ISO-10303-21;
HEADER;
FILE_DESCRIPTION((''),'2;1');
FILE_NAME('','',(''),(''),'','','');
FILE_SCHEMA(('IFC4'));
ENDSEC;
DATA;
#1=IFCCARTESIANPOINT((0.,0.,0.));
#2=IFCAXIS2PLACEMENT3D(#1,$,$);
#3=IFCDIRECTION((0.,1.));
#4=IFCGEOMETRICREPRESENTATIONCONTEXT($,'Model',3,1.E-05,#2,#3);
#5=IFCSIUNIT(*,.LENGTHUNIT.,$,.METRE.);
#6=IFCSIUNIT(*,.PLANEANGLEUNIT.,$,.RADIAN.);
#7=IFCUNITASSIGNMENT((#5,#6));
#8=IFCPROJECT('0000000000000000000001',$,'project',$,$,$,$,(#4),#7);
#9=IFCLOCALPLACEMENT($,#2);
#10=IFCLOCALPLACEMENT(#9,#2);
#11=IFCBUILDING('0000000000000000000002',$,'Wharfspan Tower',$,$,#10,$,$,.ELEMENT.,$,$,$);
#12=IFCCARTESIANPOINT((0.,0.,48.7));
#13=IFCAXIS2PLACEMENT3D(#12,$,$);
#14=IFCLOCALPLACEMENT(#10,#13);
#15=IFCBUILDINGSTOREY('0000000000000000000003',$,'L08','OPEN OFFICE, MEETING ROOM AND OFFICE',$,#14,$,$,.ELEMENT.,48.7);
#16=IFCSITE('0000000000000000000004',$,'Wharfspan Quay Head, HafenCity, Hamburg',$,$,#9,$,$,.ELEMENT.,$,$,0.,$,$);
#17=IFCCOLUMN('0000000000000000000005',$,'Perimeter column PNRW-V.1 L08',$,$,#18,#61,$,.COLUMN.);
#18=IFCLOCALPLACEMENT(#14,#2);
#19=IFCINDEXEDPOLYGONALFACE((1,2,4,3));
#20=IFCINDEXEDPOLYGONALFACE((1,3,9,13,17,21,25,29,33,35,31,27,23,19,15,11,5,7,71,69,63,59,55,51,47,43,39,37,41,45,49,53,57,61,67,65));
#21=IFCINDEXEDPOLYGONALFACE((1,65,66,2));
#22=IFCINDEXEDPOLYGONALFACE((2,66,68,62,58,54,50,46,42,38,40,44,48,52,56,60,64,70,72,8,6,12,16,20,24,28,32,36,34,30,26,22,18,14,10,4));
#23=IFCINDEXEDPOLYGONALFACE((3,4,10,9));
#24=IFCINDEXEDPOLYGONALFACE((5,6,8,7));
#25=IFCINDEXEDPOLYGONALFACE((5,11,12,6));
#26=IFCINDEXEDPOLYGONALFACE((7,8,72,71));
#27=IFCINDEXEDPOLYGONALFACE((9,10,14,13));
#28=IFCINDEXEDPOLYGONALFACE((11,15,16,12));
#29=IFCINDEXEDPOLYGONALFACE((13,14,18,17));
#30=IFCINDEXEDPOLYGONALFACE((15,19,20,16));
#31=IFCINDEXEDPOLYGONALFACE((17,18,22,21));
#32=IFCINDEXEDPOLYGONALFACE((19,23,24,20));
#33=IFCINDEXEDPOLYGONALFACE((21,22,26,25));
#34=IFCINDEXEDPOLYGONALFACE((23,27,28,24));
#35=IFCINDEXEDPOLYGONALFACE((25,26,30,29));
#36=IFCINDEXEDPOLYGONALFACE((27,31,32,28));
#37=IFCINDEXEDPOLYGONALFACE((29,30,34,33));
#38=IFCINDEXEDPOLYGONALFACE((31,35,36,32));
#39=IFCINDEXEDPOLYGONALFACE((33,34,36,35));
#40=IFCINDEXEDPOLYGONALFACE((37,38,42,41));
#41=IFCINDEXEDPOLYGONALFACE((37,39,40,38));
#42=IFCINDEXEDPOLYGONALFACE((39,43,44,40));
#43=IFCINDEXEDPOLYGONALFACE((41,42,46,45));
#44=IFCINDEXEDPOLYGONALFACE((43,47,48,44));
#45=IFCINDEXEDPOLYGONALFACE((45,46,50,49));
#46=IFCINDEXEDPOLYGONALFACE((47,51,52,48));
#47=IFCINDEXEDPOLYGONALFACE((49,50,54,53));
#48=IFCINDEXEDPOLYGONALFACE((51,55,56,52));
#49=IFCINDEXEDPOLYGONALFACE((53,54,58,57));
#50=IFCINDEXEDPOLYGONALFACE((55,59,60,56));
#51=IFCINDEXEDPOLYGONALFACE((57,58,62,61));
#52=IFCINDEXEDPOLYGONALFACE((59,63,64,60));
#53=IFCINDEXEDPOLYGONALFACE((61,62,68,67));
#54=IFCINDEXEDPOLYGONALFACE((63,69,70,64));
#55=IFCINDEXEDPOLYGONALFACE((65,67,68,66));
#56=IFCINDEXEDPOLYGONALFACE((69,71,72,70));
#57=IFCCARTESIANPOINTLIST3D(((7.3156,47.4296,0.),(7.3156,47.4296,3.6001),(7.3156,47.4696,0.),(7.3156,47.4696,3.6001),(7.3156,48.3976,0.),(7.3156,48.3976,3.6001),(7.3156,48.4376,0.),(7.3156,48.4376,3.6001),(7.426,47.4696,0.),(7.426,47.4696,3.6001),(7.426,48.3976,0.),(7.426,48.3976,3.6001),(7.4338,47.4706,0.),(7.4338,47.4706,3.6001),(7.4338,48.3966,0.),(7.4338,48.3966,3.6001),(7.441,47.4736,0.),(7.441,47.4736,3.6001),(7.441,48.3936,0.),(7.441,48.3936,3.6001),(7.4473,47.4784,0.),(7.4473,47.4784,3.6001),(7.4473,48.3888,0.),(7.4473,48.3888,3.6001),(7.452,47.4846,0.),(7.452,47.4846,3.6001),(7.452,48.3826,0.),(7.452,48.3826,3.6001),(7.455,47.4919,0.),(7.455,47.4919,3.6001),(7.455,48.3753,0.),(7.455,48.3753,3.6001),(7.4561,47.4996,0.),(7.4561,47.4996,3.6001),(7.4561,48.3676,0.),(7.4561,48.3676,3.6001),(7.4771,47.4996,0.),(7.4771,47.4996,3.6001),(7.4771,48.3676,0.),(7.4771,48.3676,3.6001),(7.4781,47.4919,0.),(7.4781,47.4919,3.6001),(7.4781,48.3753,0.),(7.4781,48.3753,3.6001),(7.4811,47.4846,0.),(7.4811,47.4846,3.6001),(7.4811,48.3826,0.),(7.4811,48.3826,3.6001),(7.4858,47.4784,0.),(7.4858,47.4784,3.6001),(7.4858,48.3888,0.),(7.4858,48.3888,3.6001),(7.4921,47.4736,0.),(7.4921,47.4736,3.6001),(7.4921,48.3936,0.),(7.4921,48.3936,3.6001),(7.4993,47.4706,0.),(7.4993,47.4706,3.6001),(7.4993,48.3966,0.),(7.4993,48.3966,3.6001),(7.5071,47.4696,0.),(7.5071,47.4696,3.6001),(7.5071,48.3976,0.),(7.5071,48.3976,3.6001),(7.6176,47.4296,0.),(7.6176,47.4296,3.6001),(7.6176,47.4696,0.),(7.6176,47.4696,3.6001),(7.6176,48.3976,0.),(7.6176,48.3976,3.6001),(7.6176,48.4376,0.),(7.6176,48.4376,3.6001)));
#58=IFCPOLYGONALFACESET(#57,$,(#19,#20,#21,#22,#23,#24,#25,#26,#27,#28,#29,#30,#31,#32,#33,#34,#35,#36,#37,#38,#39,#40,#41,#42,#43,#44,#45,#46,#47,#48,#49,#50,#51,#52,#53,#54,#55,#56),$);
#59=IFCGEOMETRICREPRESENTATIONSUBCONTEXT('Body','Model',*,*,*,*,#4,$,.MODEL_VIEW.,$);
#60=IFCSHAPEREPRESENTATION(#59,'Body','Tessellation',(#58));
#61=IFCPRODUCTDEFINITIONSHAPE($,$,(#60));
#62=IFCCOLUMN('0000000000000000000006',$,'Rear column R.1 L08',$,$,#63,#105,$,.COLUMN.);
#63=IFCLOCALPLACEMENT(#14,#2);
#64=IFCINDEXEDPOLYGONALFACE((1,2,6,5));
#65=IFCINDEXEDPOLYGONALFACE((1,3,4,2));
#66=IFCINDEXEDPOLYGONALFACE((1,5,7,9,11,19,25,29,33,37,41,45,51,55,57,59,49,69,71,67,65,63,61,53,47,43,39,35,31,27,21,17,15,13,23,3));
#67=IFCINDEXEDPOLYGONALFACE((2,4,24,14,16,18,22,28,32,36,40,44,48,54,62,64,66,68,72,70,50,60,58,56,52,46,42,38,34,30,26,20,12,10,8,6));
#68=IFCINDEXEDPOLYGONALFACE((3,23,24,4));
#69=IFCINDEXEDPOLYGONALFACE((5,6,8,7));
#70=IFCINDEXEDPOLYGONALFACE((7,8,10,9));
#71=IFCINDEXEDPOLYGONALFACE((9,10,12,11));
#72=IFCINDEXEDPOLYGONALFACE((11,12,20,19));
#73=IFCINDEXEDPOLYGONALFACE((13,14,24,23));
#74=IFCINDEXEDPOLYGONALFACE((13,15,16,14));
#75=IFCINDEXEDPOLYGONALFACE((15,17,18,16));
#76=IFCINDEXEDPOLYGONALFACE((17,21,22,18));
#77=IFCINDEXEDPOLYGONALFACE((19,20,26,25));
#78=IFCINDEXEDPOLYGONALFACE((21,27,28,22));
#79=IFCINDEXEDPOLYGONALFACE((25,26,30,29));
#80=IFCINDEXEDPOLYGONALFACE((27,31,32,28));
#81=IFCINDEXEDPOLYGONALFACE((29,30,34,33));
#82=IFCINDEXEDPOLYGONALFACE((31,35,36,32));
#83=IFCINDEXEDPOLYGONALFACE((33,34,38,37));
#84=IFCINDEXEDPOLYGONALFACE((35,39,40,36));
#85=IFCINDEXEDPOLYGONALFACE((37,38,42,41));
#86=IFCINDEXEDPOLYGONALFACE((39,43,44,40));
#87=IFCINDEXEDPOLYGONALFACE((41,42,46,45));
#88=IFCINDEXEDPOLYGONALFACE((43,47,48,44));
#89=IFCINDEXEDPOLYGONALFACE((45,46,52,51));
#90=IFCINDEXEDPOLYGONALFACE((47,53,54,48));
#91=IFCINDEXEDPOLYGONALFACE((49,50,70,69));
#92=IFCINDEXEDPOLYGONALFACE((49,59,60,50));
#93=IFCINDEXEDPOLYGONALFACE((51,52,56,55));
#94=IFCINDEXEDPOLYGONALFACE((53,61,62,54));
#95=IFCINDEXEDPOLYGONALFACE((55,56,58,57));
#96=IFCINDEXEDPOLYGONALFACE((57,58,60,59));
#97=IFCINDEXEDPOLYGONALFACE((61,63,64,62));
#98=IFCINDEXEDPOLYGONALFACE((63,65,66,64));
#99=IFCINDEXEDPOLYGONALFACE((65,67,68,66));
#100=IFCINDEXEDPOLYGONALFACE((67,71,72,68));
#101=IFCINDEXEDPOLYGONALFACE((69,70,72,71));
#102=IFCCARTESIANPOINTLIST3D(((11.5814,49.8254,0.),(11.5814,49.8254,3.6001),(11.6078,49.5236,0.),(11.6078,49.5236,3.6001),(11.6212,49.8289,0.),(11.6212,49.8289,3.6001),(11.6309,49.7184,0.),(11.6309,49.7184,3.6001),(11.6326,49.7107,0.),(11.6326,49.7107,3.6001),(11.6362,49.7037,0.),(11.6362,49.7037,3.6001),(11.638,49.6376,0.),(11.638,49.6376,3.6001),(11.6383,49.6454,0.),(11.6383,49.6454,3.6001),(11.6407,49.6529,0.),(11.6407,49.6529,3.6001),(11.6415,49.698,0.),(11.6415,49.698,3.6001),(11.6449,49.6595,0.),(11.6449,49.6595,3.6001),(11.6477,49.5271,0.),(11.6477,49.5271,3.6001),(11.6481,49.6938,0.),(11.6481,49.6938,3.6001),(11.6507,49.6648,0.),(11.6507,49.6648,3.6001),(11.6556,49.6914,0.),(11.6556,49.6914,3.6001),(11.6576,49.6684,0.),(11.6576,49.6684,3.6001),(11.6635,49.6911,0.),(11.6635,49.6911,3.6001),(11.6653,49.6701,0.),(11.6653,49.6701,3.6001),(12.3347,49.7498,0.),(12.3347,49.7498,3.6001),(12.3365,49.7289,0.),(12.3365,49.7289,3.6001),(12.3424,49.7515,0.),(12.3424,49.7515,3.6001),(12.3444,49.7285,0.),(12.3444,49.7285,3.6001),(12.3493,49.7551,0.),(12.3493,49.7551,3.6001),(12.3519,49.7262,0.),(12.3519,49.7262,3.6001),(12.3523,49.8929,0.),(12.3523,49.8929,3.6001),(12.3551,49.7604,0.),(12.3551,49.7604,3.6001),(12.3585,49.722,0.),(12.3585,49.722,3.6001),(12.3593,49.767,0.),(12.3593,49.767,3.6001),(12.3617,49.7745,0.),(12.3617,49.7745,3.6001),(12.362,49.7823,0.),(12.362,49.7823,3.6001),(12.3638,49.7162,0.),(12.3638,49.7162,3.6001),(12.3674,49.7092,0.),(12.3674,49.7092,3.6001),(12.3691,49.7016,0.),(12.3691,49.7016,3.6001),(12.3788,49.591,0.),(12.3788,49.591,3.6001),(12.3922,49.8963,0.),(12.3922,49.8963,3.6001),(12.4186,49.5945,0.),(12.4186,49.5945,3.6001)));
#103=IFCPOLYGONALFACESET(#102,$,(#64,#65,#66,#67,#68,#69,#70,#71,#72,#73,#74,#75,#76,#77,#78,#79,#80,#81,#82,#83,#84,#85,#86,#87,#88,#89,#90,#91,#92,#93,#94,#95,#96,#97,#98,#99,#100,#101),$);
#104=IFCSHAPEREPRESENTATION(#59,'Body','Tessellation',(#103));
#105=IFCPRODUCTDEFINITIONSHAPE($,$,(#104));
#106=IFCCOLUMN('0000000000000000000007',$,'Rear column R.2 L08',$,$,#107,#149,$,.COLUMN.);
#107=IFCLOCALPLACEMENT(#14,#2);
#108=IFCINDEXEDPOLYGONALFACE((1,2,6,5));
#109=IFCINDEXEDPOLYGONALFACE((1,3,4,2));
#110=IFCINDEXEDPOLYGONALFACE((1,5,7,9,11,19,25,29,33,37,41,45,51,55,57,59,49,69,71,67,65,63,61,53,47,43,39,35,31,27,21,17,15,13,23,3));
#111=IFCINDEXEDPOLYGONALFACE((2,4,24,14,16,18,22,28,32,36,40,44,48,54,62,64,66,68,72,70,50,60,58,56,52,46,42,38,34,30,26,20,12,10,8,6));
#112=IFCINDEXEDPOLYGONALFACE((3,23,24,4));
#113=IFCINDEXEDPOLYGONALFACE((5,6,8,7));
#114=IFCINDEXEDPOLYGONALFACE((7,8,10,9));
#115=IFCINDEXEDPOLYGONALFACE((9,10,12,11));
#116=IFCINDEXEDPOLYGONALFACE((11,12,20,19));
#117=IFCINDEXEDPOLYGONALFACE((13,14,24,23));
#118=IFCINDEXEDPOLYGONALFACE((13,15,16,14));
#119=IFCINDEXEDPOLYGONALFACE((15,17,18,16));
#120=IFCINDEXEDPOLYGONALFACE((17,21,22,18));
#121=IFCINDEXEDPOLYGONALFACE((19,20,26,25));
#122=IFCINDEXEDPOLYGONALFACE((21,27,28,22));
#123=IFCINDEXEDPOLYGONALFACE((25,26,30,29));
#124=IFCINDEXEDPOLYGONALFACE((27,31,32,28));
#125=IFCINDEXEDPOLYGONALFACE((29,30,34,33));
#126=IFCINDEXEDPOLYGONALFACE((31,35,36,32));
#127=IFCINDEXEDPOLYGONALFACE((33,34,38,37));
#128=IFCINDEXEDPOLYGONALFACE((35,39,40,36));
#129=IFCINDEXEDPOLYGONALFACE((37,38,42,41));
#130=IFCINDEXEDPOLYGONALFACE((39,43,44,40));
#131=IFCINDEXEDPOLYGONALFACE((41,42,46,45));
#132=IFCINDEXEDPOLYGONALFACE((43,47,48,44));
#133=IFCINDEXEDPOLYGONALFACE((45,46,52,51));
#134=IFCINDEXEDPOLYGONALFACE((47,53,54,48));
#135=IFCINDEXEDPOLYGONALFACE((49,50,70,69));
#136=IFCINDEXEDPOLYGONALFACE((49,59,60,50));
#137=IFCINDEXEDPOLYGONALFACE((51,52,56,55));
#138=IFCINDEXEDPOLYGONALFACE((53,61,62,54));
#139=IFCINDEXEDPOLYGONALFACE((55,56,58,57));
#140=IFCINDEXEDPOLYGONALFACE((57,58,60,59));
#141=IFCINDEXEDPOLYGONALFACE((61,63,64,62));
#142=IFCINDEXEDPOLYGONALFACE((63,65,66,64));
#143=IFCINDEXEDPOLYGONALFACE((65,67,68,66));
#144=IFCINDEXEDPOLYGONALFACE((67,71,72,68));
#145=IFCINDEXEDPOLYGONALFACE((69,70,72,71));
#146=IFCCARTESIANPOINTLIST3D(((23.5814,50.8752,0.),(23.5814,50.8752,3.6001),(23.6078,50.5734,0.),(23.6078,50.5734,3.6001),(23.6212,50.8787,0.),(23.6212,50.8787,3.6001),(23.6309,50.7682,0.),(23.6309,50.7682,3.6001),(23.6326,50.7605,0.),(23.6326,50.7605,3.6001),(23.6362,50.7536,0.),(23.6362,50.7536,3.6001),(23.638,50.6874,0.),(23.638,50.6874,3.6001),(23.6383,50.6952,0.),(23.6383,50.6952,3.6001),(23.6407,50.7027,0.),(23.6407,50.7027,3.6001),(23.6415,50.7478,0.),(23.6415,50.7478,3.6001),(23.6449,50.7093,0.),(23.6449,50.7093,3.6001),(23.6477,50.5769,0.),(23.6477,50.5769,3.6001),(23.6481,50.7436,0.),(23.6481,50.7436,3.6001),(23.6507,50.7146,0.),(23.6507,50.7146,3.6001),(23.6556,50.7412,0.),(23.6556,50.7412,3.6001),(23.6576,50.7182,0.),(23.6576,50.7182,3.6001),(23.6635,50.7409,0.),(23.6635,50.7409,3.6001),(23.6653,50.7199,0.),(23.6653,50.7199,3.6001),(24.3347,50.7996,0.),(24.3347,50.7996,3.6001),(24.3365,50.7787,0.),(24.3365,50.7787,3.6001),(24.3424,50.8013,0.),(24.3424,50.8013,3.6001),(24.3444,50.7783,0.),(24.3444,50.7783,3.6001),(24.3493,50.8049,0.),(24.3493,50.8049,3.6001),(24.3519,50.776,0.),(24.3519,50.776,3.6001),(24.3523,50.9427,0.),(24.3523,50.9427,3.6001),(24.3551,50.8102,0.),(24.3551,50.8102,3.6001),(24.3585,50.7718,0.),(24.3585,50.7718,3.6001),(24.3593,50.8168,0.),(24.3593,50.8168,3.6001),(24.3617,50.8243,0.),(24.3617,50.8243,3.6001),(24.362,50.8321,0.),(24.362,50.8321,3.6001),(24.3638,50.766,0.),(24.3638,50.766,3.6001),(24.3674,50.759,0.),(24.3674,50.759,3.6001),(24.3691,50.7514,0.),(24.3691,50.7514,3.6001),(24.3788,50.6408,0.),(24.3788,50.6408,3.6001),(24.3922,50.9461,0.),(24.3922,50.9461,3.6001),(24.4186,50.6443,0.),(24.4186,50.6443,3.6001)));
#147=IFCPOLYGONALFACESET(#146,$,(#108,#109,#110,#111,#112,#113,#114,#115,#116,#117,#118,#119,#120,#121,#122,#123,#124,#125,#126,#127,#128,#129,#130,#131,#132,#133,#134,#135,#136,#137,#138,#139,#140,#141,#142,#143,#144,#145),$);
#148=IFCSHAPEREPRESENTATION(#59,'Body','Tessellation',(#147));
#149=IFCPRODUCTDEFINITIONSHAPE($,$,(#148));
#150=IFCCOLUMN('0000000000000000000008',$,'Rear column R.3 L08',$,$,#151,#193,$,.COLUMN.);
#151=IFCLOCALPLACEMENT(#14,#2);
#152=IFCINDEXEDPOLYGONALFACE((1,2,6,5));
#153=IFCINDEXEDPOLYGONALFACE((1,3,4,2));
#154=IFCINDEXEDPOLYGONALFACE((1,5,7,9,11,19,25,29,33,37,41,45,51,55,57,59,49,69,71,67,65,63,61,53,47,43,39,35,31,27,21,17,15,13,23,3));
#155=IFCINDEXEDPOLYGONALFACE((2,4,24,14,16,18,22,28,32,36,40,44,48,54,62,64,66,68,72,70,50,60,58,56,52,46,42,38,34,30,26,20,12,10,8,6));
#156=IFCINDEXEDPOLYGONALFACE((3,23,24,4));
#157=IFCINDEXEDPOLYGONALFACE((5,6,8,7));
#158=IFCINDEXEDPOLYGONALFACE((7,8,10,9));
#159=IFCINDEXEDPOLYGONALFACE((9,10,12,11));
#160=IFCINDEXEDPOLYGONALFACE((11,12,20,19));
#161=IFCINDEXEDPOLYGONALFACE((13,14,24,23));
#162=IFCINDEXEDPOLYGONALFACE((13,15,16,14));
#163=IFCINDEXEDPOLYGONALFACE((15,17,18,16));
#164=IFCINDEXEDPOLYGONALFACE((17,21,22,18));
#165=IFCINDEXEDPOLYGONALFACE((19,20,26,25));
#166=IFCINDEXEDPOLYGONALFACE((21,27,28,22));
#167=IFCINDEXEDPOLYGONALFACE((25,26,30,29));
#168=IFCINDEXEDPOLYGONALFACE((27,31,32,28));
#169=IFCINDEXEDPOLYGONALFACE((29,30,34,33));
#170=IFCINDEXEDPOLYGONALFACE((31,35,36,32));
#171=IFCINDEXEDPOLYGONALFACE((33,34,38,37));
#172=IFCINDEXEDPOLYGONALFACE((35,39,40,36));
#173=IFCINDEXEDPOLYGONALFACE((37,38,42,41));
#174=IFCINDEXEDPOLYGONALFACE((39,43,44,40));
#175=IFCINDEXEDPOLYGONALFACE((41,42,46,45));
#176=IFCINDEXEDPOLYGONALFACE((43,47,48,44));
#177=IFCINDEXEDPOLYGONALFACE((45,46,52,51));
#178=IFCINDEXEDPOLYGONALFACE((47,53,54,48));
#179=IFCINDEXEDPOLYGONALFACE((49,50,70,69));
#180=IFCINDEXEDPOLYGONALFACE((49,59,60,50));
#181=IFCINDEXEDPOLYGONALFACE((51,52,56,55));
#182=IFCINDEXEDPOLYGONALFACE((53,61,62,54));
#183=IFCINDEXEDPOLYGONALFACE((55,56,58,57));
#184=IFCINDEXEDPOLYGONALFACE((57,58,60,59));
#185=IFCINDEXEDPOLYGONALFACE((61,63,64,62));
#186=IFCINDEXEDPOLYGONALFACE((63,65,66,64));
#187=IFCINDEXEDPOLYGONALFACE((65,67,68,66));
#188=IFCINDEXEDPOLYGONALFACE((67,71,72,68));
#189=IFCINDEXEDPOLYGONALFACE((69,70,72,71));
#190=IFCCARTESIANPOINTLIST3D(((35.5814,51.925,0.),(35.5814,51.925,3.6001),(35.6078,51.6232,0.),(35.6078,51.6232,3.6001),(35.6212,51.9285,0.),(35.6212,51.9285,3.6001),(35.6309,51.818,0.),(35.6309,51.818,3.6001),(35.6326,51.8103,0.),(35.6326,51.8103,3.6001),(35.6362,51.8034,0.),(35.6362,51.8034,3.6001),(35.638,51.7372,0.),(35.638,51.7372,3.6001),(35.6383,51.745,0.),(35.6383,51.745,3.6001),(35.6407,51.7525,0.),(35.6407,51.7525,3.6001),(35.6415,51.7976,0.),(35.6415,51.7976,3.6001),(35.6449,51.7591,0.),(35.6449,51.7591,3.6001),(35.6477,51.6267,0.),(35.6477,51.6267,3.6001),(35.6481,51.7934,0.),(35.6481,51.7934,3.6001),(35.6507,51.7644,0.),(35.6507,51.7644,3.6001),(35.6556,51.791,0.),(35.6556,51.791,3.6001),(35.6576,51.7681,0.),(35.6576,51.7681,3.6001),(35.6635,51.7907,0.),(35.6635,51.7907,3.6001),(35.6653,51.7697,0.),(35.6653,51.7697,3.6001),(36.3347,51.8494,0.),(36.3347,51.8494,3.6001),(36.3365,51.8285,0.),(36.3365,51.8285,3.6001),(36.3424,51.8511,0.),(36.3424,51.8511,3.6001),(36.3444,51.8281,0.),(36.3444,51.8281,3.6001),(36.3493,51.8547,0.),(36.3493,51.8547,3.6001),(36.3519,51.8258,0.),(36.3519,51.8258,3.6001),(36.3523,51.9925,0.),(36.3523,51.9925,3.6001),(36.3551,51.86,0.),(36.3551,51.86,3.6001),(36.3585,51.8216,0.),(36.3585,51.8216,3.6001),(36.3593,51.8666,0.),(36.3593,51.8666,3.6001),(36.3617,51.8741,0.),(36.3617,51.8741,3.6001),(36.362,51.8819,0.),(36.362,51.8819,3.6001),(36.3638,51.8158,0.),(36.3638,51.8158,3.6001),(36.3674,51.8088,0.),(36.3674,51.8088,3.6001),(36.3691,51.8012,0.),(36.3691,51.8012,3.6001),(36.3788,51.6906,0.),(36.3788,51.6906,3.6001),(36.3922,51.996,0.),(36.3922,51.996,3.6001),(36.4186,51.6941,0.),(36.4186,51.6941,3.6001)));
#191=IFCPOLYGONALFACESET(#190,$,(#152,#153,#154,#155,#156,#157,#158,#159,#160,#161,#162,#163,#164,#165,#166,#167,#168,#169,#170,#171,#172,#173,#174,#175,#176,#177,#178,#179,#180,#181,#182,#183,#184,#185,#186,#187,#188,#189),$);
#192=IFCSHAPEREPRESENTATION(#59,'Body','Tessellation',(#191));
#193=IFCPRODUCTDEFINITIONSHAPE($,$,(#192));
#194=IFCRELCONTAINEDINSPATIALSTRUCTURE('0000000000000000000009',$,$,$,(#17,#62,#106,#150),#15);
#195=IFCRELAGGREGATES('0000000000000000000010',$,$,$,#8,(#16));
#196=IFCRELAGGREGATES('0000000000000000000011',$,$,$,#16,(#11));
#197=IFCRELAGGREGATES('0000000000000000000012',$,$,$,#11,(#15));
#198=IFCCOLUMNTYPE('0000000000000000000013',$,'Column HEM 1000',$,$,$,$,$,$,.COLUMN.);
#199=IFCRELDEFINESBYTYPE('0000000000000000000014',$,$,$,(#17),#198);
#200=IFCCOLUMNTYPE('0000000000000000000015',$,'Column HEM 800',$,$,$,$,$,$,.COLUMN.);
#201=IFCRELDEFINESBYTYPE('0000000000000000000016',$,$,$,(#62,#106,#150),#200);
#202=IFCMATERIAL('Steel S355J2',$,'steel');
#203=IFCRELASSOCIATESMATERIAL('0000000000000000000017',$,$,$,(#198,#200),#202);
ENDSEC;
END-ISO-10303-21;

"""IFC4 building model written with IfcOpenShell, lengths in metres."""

from ifc_helpers import new_model, si_unit, direction, frame, origin, origin_2d, place, context, subcontext, project, spatial, i_section, extrude, material, material_profile, profile_set, type_object, element, save


model = new_model("IFC4")

# Units and contexts
model_context = context("Model", 3, precision=1e-05, world=origin(), true_north=direction((0.0, 1.0)))
body_context = subcontext(model_context, "Body", "Model", "MODEL_VIEW")
ifc_project = project(units=[si_unit("LENGTHUNIT", "METRE"), si_unit("PLANEANGLEUNIT", "RADIAN")], contexts=[model_context])

# Site, building, storey
site_placement = place(None, origin())
site = spatial("IfcSite", under=ifc_project, at=site_placement, Name="Wharfspan Quay Head, HafenCity, Hamburg", CompositionType="ELEMENT", RefElevation=0.0)
building_placement = place(site_placement, origin())
building = spatial("IfcBuilding", under=site, at=building_placement, Name="Wharfspan Tower", CompositionType="ELEMENT")
storey_placement = place(building_placement, frame((0.0, 0.0, 48.7)))
storey = spatial("IfcBuildingStorey", under=building, at=storey_placement, Name="L08", Description="OPEN OFFICE, MEETING ROOM AND OFFICE", CompositionType="ELEMENT", Elevation=48.7)

# Columns
ifc_material_1 = material(Name="Steel S355J2", Category="steel")
ifc_material_profile_1 = material_profile(ifc_material_1, i_section(OverallWidth=0.302, OverallDepth=1.0081, WebThickness=0.021, FlangeThickness=0.04, FilletRadius=0.03, at=origin_2d()))
ifc_profile_set_1 = profile_set([ifc_material_profile_1], Name="Steel S355J2")
column_type_1 = type_object("IfcColumnType", Name="Column HEM 1000", PredefinedType="COLUMN", material=ifc_profile_set_1)
column_1_placement = place(storey_placement, frame((7.4666, 47.9336, 0.0), z_axis=(0.0, 0.0, 1.0), x_axis=(-1.0, 0.0, 0.0)))
element("IfcColumn", 1, at=column_1_placement, inside=storey, type_object=column_type_1, Name="Perimeter column PNRW-V.1 L08", PredefinedType="COLUMN", context=body_context, shape_type="SweptSolid", body=[
    extrude(i_section(OverallWidth=0.302, OverallDepth=1.0081, WebThickness=0.021, FlangeThickness=0.04, FilletRadius=0.03, at=origin_2d()), origin(), (0.0, 0.0, 1.0), 3.6001),
])
ifc_material_profile_2 = material_profile(ifc_material_1, i_section(OverallWidth=0.303, OverallDepth=0.814, WebThickness=0.021, FlangeThickness=0.04, FilletRadius=0.03, at=origin_2d()))
ifc_profile_set_2 = profile_set([ifc_material_profile_2], Name="Steel S355J2")
column_type_2 = type_object("IfcColumnType", Name="Column HEM 800", PredefinedType="COLUMN", material=ifc_profile_set_2)
for number, where, z_axis, x_axis, name in (
    (2, (12.0, 49.71, 0.0), (0.0, 0.0, 1.0), (-0.087156, 0.996197, 0.0), "Rear column R.1 L08"),
    (3, (24.0, 50.7598, 0.0), (0.0, 0.0, 1.0), (-0.087156, 0.996197, 0.0), "Rear column R.2 L08"),
    (4, (36.0, 51.8096, 0.0), (0.0, 0.0, 1.0), (-0.087156, 0.996197, 0.0), "Rear column R.3 L08"),
):
    element("IfcColumn", number, at=place(storey_placement, frame(where, z_axis=z_axis, x_axis=x_axis)), inside=storey, type_object=column_type_2, Name=name, PredefinedType="COLUMN", context=body_context, shape_type="SweptSolid", body=[
        extrude(i_section(OverallWidth=0.303, OverallDepth=0.814, WebThickness=0.021, FlangeThickness=0.04, FilletRadius=0.03, at=origin_2d()), origin(), (0.0, 0.0, 1.0), 3.6001),
    ])

save(model, "model.ifc")
